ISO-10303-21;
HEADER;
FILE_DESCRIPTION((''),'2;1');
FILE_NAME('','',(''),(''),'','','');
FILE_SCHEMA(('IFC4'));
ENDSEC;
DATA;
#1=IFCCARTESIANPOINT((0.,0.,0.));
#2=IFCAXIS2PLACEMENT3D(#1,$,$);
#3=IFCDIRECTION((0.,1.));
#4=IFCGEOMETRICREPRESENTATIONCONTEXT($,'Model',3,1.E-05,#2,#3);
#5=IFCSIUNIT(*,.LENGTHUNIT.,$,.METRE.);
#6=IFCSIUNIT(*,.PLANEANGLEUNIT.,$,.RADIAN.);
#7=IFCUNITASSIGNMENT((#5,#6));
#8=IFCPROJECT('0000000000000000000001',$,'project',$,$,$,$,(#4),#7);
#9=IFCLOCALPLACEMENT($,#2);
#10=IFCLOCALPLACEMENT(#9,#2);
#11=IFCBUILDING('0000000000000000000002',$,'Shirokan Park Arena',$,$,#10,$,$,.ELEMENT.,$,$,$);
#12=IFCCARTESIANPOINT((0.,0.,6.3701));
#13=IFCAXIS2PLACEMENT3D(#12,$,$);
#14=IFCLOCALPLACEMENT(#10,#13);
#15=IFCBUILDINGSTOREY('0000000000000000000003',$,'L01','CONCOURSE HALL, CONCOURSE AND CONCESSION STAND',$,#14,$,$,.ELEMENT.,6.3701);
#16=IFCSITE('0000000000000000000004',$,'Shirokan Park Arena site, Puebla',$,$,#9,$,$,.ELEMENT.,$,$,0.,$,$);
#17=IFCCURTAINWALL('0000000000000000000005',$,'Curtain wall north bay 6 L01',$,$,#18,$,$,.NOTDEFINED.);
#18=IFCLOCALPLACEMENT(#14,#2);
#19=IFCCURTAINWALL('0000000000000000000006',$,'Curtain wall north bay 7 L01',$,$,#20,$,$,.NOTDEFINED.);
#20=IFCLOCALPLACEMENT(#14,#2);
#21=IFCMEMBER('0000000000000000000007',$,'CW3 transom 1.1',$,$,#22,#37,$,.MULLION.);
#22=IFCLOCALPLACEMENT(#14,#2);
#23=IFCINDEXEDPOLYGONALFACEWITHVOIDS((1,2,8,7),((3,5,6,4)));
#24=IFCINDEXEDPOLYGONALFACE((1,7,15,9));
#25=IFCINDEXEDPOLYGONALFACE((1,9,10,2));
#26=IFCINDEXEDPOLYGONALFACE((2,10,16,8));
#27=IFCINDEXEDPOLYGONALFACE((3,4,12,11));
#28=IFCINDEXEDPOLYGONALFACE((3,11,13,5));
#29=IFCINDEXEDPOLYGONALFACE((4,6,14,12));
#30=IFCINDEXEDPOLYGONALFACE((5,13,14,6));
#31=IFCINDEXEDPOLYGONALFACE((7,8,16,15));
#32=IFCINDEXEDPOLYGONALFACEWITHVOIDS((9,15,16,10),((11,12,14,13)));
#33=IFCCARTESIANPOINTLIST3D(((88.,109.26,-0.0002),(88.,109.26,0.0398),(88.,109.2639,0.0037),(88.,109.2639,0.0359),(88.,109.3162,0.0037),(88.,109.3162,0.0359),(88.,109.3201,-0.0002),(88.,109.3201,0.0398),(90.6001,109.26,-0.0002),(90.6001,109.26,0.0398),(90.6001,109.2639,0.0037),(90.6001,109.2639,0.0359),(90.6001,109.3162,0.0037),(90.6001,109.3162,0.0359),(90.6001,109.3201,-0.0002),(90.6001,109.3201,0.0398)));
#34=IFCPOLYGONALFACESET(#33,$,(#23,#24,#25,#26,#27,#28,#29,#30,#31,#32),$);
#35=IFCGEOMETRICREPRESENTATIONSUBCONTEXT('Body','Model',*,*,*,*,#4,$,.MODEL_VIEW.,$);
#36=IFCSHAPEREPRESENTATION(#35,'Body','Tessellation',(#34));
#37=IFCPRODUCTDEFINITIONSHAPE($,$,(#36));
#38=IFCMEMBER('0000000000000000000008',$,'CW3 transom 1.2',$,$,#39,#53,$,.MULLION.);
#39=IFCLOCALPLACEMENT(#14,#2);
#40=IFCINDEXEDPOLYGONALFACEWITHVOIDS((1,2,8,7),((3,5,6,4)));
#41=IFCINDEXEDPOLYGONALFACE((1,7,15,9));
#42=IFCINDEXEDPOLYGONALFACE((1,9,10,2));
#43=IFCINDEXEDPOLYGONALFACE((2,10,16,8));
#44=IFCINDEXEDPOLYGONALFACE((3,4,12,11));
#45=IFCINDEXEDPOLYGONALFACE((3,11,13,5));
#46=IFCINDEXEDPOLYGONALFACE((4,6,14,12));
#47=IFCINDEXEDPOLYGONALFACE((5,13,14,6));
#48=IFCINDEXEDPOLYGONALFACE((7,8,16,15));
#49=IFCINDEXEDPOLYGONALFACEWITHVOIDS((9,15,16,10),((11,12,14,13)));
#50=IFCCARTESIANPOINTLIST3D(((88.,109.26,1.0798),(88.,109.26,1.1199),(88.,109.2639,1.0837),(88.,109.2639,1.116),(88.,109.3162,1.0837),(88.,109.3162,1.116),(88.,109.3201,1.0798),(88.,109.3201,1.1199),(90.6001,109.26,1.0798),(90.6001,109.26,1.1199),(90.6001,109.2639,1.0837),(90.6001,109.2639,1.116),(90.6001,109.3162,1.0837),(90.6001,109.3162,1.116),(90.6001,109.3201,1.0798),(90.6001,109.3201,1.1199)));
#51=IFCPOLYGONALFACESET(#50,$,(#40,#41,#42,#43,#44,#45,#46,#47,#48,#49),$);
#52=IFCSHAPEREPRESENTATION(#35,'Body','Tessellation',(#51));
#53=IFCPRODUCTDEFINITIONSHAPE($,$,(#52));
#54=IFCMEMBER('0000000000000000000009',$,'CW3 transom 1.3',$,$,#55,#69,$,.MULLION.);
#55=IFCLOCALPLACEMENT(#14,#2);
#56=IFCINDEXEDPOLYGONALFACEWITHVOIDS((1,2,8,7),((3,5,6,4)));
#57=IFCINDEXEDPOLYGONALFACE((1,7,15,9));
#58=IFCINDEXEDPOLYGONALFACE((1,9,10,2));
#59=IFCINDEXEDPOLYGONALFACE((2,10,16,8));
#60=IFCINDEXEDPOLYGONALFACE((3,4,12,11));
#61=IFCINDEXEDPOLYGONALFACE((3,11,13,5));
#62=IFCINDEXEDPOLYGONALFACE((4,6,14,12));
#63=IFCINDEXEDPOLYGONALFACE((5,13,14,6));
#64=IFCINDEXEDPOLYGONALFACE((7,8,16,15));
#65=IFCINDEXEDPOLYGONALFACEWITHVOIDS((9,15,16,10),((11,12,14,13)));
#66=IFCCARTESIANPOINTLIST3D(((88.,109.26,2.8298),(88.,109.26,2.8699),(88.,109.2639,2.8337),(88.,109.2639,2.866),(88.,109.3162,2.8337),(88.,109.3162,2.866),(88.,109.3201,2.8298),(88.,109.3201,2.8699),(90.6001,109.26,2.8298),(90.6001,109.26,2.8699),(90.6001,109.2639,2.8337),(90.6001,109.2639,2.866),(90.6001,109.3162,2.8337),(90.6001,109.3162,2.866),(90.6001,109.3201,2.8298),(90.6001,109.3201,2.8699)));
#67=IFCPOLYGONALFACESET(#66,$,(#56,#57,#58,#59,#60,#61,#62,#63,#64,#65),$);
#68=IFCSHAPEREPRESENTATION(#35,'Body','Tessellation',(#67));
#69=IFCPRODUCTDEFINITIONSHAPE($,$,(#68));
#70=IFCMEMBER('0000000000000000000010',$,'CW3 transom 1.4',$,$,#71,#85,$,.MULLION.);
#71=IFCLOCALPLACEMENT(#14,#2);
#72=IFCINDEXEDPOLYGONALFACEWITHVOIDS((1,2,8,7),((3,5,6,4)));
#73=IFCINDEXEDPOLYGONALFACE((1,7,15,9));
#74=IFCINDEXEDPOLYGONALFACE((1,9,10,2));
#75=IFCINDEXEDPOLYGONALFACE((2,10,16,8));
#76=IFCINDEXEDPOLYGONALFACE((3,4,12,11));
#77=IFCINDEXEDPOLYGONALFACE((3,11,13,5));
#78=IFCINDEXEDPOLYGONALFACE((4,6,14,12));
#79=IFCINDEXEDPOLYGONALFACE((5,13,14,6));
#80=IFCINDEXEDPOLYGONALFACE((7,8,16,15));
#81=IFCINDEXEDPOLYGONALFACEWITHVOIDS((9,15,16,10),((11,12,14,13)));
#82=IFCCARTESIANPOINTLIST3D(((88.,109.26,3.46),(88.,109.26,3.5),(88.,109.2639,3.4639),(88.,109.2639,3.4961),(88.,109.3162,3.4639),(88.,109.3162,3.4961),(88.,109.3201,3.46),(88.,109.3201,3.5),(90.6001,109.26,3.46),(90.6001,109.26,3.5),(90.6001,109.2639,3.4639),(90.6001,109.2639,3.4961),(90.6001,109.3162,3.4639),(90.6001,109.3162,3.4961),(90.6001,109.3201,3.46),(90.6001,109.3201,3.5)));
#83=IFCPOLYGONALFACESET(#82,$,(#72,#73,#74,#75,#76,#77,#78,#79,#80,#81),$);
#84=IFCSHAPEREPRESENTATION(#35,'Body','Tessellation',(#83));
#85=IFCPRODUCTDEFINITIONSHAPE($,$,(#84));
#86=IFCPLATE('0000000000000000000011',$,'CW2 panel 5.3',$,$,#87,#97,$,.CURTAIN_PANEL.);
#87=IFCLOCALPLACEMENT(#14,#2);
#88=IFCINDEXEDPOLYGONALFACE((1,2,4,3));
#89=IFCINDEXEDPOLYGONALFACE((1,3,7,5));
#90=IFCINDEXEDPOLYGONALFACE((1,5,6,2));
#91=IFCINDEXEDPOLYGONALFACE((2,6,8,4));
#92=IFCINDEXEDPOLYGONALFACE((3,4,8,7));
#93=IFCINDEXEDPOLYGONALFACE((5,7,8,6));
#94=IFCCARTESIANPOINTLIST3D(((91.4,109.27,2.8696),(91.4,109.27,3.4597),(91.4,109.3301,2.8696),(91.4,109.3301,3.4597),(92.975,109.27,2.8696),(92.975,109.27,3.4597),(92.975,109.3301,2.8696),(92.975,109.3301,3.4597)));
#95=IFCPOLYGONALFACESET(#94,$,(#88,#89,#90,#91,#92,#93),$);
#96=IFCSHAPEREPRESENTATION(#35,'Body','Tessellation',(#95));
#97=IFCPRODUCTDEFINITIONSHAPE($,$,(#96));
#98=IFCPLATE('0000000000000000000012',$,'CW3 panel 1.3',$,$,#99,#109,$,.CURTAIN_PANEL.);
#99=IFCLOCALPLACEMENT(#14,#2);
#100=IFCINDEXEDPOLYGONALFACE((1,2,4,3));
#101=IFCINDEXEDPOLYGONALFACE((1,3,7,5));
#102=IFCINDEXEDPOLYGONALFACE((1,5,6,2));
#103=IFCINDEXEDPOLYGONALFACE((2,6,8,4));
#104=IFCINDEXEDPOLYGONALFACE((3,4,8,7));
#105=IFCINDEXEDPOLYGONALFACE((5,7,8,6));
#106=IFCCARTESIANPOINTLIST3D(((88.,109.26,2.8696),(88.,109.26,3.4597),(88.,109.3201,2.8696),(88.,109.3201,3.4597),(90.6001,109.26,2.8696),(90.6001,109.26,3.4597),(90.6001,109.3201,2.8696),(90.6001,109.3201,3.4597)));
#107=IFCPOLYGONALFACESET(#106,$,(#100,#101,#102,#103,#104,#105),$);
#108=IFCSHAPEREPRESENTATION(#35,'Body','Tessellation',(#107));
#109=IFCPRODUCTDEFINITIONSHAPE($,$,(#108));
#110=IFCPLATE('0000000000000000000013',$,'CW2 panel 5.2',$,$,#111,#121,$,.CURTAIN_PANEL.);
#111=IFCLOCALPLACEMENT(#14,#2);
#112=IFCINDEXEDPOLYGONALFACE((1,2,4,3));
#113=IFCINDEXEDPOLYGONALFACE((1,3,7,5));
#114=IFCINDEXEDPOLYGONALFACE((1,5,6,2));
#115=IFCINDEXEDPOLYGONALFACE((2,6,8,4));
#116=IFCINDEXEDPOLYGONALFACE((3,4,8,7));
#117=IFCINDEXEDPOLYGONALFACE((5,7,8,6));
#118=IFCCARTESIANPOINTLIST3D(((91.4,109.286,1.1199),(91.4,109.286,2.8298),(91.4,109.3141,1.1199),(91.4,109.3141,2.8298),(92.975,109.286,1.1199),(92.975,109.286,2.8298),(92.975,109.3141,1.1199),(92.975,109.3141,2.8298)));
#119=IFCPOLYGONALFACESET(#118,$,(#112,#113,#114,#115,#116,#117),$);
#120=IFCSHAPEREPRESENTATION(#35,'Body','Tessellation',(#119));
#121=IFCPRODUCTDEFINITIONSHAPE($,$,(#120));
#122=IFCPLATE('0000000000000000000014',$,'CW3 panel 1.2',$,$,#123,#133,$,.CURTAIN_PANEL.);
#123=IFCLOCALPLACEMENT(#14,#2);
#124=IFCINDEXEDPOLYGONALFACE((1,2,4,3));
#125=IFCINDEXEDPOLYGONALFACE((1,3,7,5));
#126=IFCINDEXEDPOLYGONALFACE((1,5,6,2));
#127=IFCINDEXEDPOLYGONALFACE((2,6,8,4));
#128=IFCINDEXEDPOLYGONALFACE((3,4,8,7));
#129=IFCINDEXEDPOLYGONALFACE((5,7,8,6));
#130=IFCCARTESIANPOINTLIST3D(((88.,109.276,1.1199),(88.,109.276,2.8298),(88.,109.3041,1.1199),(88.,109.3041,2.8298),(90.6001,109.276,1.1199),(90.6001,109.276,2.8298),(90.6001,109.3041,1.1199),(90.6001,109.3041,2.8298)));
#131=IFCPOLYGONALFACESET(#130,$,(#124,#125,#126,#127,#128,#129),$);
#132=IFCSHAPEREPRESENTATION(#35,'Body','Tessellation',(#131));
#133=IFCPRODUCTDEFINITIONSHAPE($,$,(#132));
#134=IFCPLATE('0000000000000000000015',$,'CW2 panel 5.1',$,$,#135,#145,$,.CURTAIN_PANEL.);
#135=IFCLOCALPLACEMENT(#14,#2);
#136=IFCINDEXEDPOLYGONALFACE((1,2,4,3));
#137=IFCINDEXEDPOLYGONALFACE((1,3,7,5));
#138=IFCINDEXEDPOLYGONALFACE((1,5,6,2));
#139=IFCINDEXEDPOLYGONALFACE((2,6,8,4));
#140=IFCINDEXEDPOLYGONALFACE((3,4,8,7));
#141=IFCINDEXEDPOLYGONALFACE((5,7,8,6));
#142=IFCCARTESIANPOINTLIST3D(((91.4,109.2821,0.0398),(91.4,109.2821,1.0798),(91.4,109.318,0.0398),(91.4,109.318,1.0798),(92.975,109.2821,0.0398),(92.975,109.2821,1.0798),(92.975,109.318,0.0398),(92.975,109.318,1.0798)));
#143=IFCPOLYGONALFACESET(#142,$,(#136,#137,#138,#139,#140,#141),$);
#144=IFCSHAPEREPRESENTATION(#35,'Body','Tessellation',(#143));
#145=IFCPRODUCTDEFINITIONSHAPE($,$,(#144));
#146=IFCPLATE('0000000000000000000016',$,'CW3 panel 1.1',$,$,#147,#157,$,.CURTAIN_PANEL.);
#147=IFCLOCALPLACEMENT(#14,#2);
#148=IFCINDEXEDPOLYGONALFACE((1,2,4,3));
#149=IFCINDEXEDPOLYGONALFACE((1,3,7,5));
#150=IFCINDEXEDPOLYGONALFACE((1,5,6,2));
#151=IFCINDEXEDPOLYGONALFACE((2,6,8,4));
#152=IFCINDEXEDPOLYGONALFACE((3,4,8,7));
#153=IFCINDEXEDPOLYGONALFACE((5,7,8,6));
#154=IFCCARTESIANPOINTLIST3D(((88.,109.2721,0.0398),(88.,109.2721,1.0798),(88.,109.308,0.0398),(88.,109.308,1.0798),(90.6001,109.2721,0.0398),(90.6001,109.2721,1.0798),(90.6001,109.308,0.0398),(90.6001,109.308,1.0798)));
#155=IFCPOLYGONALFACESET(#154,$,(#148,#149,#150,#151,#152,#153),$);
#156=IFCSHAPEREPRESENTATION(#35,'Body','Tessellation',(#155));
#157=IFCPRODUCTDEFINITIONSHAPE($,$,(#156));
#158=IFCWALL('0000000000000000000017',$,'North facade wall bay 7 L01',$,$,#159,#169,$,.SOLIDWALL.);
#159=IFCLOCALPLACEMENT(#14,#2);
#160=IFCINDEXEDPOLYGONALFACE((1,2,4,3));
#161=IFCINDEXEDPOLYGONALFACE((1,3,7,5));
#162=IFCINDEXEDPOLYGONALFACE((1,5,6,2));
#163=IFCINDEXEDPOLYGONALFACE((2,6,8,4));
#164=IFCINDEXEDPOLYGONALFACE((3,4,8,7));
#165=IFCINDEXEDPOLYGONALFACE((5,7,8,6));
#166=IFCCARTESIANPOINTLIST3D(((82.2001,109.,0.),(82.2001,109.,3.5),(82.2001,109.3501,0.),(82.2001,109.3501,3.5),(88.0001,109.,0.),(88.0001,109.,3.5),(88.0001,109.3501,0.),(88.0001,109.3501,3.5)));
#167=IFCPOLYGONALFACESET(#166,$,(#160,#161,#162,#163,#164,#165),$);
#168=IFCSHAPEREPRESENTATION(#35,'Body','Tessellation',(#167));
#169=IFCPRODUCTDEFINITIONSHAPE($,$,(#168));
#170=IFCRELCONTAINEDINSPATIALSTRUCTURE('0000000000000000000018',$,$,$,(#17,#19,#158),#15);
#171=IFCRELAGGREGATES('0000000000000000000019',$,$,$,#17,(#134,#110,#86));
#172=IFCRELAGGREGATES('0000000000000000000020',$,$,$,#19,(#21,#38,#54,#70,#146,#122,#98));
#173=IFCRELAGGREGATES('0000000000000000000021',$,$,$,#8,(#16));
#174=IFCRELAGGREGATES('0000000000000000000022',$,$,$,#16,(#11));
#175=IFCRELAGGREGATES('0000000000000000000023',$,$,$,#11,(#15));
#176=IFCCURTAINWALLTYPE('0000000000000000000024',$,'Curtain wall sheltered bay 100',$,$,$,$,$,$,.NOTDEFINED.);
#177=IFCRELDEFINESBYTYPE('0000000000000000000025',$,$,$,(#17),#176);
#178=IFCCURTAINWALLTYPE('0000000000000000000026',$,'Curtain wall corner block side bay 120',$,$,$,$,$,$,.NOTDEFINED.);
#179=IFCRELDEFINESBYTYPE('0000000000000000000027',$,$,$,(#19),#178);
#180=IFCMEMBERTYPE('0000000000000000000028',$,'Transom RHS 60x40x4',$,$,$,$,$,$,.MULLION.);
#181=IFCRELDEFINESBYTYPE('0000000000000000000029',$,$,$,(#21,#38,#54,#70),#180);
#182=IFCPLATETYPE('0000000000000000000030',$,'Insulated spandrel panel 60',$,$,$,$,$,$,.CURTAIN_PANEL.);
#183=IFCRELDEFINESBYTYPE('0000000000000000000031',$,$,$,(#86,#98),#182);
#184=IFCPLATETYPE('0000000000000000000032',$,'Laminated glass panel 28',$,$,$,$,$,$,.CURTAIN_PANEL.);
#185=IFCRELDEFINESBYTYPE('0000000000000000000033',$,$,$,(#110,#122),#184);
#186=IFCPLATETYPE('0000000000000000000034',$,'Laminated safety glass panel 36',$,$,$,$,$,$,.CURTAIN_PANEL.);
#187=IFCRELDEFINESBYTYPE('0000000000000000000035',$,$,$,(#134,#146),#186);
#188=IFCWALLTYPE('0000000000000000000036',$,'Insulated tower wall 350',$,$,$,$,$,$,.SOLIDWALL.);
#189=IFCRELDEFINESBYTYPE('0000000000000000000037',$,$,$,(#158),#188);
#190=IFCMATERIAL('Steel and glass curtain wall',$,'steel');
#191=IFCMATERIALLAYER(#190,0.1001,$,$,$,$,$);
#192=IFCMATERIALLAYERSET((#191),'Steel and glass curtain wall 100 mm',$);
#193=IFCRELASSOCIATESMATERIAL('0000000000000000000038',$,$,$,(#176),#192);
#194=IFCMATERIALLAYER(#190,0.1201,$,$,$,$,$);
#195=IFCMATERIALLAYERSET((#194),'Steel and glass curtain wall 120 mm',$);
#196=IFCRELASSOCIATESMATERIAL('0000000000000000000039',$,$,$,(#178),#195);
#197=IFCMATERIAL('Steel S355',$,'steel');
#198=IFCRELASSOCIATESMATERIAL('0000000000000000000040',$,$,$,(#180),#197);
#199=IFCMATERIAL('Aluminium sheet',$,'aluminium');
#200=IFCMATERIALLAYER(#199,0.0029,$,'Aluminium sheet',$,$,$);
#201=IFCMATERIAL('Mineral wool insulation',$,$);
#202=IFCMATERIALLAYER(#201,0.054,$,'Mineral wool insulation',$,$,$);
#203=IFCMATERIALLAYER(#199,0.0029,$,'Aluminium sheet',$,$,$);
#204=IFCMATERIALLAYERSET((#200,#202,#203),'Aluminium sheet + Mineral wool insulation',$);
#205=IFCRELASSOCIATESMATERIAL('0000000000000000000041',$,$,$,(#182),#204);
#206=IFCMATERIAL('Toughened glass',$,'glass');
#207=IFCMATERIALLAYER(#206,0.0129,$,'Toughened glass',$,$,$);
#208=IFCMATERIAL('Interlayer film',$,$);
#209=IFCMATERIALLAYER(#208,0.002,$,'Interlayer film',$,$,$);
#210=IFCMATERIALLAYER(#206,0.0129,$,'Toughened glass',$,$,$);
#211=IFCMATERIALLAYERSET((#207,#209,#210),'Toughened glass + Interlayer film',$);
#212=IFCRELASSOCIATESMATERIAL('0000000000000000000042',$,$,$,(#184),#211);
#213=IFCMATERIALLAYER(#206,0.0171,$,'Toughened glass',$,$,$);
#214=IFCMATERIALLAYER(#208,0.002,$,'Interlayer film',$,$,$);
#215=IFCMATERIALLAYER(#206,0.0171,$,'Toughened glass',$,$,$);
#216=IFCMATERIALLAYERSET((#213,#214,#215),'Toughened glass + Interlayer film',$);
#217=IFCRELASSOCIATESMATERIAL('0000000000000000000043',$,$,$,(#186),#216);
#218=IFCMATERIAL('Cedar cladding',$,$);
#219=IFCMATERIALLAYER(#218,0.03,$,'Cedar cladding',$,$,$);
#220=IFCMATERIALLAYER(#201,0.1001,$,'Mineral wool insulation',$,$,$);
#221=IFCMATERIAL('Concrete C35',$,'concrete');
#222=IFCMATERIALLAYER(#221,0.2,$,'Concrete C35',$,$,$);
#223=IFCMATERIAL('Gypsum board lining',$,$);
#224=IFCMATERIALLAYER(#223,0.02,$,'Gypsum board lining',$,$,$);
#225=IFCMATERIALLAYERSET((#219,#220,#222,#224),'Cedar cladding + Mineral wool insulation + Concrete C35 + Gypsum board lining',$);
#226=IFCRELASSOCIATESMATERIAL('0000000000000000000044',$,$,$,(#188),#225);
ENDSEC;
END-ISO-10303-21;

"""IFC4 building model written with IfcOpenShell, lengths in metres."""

from ifc_helpers import new_model, si_unit, direction, frame, frame_2d, origin, origin_2d, place, context, subcontext, project, spatial, rectangle, hollow_rectangle, extrude, material, layer, layer_set, material_profile, profile_set, type_object, element, aggregate, save


model = new_model("IFC4")

# Units and contexts
model_context = context("Model", 3, precision=1e-05, world=origin(), true_north=direction((0.0, 1.0)))
body_context = subcontext(model_context, "Body", "Model", "MODEL_VIEW")
ifc_project = project(units=[si_unit("LENGTHUNIT", "METRE"), si_unit("PLANEANGLEUNIT", "RADIAN")], contexts=[model_context])

# Site, building, storey
site_placement = place(None, origin())
site = spatial("IfcSite", under=ifc_project, at=site_placement, Name="Shirokan Park Arena site, Puebla", CompositionType="ELEMENT", RefElevation=0.0)
building_placement = place(site_placement, origin())
building = spatial("IfcBuilding", under=site, at=building_placement, Name="Shirokan Park Arena", CompositionType="ELEMENT")
storey_placement = place(building_placement, frame((0.0, 0.0, 6.3701)))
storey = spatial("IfcBuildingStorey", under=building, at=storey_placement, Name="L01", Description="CONCOURSE HALL, CONCOURSE AND CONCESSION STAND", CompositionType="ELEMENT", Elevation=6.3701)

# Shared definitions
ifc_material_1 = material(Name="Concrete C35", Category="concrete")

# Curtain walls
ifc_material_2 = material(Name="Steel and glass curtain wall", Category="steel")
ifc_layer_1 = layer(ifc_material_2, 0.1001)
ifc_layer_set_1 = layer_set([ifc_layer_1], Name="Steel and glass curtain wall 100 mm")
curtain_wall_type_1 = type_object("IfcCurtainWallType", Name="Curtain wall sheltered bay 100", PredefinedType="NOTDEFINED", material=ifc_layer_set_1)
curtain_wall_1_placement = place(storey_placement, origin())
curtain_wall_1 = element("IfcCurtainWall", 1, at=curtain_wall_1_placement, inside=storey, type_object=curtain_wall_type_1, Name="Curtain wall north bay 6 L01", PredefinedType="NOTDEFINED")
ifc_material_3 = material(Name="Steel S355", Category="steel")
ifc_layer_2 = layer(ifc_material_2, 0.1201)
ifc_layer_set_2 = layer_set([ifc_layer_2], Name="Steel and glass curtain wall 120 mm")
curtain_wall_type_2 = type_object("IfcCurtainWallType", Name="Curtain wall corner block side bay 120", PredefinedType="NOTDEFINED", material=ifc_layer_set_2)
curtain_wall_2_placement = place(storey_placement, origin())
curtain_wall_2 = element("IfcCurtainWall", 2, at=curtain_wall_2_placement, inside=storey, type_object=curtain_wall_type_2, Name="Curtain wall north bay 7 L01", PredefinedType="NOTDEFINED")

# Members
ifc_material_profile_1 = material_profile(ifc_material_3, hollow_rectangle(XDim=0.0601, YDim=0.04, WallThickness=0.0039, at=origin_2d()), Name="RHS 60x40x4")
ifc_profile_set_1 = profile_set([ifc_material_profile_1], Name="Steel S355")
member_type_1 = type_object("IfcMemberType", Name="Transom RHS 60x40x4", PredefinedType="MULLION", material=ifc_profile_set_1)
member_1_placement = place(storey_placement, frame((90.6001, 109.29, 0.0198), z_axis=(-1.0, 0.0, 0.0), x_axis=(0.0, -1.0, 0.0)))
member_1 = element("IfcMember", 3, at=member_1_placement, type_object=member_type_1, Name="CW3 transom 1.1", PredefinedType="MULLION", context=body_context, shape_type="SweptSolid", body=[
    extrude(hollow_rectangle(XDim=0.0601, YDim=0.04, WallThickness=0.0039, at=origin_2d()), origin(), (0.0, 0.0, 1.0), 2.6001),
])
member_2_placement = place(storey_placement, frame((90.6001, 109.29, 1.0999), z_axis=(-1.0, 0.0, 0.0), x_axis=(0.0, -1.0, 0.0)))
member_2 = element("IfcMember", 4, at=member_2_placement, type_object=member_type_1, Name="CW3 transom 1.2", PredefinedType="MULLION", context=body_context, shape_type="SweptSolid", body=[
    extrude(hollow_rectangle(XDim=0.0601, YDim=0.04, WallThickness=0.0039, at=origin_2d()), origin(), (0.0, 0.0, 1.0), 2.6001),
])
member_3_placement = place(storey_placement, frame((90.6001, 109.29, 2.8499), z_axis=(-1.0, 0.0, 0.0), x_axis=(0.0, -1.0, 0.0)))
member_3 = element("IfcMember", 5, at=member_3_placement, type_object=member_type_1, Name="CW3 transom 1.3", PredefinedType="MULLION", context=body_context, shape_type="SweptSolid", body=[
    extrude(hollow_rectangle(XDim=0.0601, YDim=0.04, WallThickness=0.0039, at=origin_2d()), origin(), (0.0, 0.0, 1.0), 2.6001),
])
member_4_placement = place(storey_placement, frame((90.6001, 109.29, 3.48), z_axis=(-1.0, 0.0, 0.0), x_axis=(0.0, -1.0, 0.0)))
member_4 = element("IfcMember", 6, at=member_4_placement, type_object=member_type_1, Name="CW3 transom 1.4", PredefinedType="MULLION", context=body_context, shape_type="SweptSolid", body=[
    extrude(hollow_rectangle(XDim=0.0601, YDim=0.04, WallThickness=0.0039, at=origin_2d()), origin(), (0.0, 0.0, 1.0), 2.6001),
])

# Plates
ifc_material_4 = material(Name="Aluminium sheet", Category="aluminium")
ifc_layer_3 = layer(ifc_material_4, 0.0029, Name="Aluminium sheet")
ifc_material_5 = material(Name="Mineral wool insulation")
ifc_layer_4 = layer(ifc_material_5, 0.054, Name="Mineral wool insulation")
ifc_layer_5 = layer(ifc_material_4, 0.0029, Name="Aluminium sheet")
ifc_layer_set_3 = layer_set([ifc_layer_3, ifc_layer_4, ifc_layer_5], Name="Aluminium sheet + Mineral wool insulation")
plate_type_1 = type_object("IfcPlateType", Name="Insulated spandrel panel 60", PredefinedType="CURTAIN_PANEL", material=ifc_layer_set_3)
plate_1_placement = place(storey_placement, frame((92.1875, 109.3, 2.8696), z_axis=(0.0, 0.0, 1.0), x_axis=(-1.0, 0.0, 0.0)))
plate_1 = element("IfcPlate", 7, at=plate_1_placement, type_object=plate_type_1, Name="CW2 panel 5.3", PredefinedType="CURTAIN_PANEL", context=body_context, shape_type="SweptSolid", body=[
    extrude(rectangle(XDim=1.575, YDim=0.0601, at=origin_2d()), origin(), (0.0, 0.0, 1.0), 0.5901),
])
plate_2_placement = place(storey_placement, frame((89.3, 109.29, 2.8696), z_axis=(0.0, 0.0, 1.0), x_axis=(-1.0, 0.0, 0.0)))
plate_2 = element("IfcPlate", 8, at=plate_2_placement, type_object=plate_type_1, Name="CW3 panel 1.3", PredefinedType="CURTAIN_PANEL", context=body_context, shape_type="SweptSolid", body=[
    extrude(rectangle(XDim=2.6001, YDim=0.0601, at=origin_2d()), origin(), (0.0, 0.0, 1.0), 0.5901),
])
ifc_material_6 = material(Name="Toughened glass", Category="glass")
ifc_layer_6 = layer(ifc_material_6, 0.0129, Name="Toughened glass")
ifc_material_7 = material(Name="Interlayer film")
ifc_layer_7 = layer(ifc_material_7, 0.002, Name="Interlayer film")
ifc_layer_8 = layer(ifc_material_6, 0.0129, Name="Toughened glass")
ifc_layer_set_4 = layer_set([ifc_layer_6, ifc_layer_7, ifc_layer_8], Name="Toughened glass + Interlayer film")
plate_type_2 = type_object("IfcPlateType", Name="Laminated glass panel 28", PredefinedType="CURTAIN_PANEL", material=ifc_layer_set_4)
plate_3_placement = place(storey_placement, frame((92.1875, 109.3, 1.1199), z_axis=(0.0, 0.0, 1.0), x_axis=(-1.0, 0.0, 0.0)))
plate_3 = element("IfcPlate", 9, at=plate_3_placement, type_object=plate_type_2, Name="CW2 panel 5.2", PredefinedType="CURTAIN_PANEL", context=body_context, shape_type="SweptSolid", body=[
    extrude(rectangle(XDim=1.575, YDim=0.0281, at=origin_2d()), origin(), (0.0, 0.0, 1.0), 1.71),
])
plate_4_placement = place(storey_placement, frame((89.3, 109.29, 1.1199), z_axis=(0.0, 0.0, 1.0), x_axis=(-1.0, 0.0, 0.0)))
plate_4 = element("IfcPlate", 10, at=plate_4_placement, type_object=plate_type_2, Name="CW3 panel 1.2", PredefinedType="CURTAIN_PANEL", context=body_context, shape_type="SweptSolid", body=[
    extrude(rectangle(XDim=2.6001, YDim=0.0281, at=origin_2d()), origin(), (0.0, 0.0, 1.0), 1.71),
])
ifc_layer_9 = layer(ifc_material_6, 0.0171, Name="Toughened glass")
ifc_layer_10 = layer(ifc_material_7, 0.002, Name="Interlayer film")
ifc_layer_11 = layer(ifc_material_6, 0.0171, Name="Toughened glass")
ifc_layer_set_5 = layer_set([ifc_layer_9, ifc_layer_10, ifc_layer_11], Name="Toughened glass + Interlayer film")
plate_type_3 = type_object("IfcPlateType", Name="Laminated safety glass panel 36", PredefinedType="CURTAIN_PANEL", material=ifc_layer_set_5)
plate_5_placement = place(storey_placement, frame((92.1875, 109.3, 0.0398), z_axis=(0.0, 0.0, 1.0), x_axis=(-1.0, 0.0, 0.0)))
plate_5 = element("IfcPlate", 11, at=plate_5_placement, type_object=plate_type_3, Name="CW2 panel 5.1", PredefinedType="CURTAIN_PANEL", context=body_context, shape_type="SweptSolid", body=[
    extrude(rectangle(XDim=1.575, YDim=0.0359, at=origin_2d()), origin(), (0.0, 0.0, 1.0), 1.04),
])
aggregate(curtain_wall_1, [plate_5, plate_3, plate_1])
plate_6_placement = place(storey_placement, frame((89.3, 109.29, 0.0398), z_axis=(0.0, 0.0, 1.0), x_axis=(-1.0, 0.0, 0.0)))
plate_6 = element("IfcPlate", 12, at=plate_6_placement, type_object=plate_type_3, Name="CW3 panel 1.1", PredefinedType="CURTAIN_PANEL", context=body_context, shape_type="SweptSolid", body=[
    extrude(rectangle(XDim=2.6001, YDim=0.0359, at=origin_2d()), origin(), (0.0, 0.0, 1.0), 1.04),
])
aggregate(curtain_wall_2, [member_1, member_2, member_3, member_4, plate_6, plate_4, plate_2])

# Wall
ifc_material_8 = material(Name="Cedar cladding")
ifc_layer_12 = layer(ifc_material_8, 0.03, Name="Cedar cladding")
ifc_layer_13 = layer(ifc_material_5, 0.1001, Name="Mineral wool insulation")
ifc_layer_14 = layer(ifc_material_1, 0.2, Name="Concrete C35")
ifc_material_9 = material(Name="Gypsum board lining")
ifc_layer_15 = layer(ifc_material_9, 0.02, Name="Gypsum board lining")
ifc_layer_set_6 = layer_set([ifc_layer_12, ifc_layer_13, ifc_layer_14, ifc_layer_15], Name="Cedar cladding + Mineral wool insulation + Concrete C35 + Gypsum board lining")
wall_type = type_object("IfcWallType", Name="Insulated tower wall 350", PredefinedType="SOLIDWALL", material=ifc_layer_set_6)
wall_placement = place(storey_placement, frame((88.0, 109.175, 0.0), z_axis=(0.0, 0.0, 1.0), x_axis=(-1.0, 0.0, 0.0)))
element("IfcWall", 13, at=wall_placement, inside=storey, type_object=wall_type, Name="North facade wall bay 7 L01", PredefinedType="SOLIDWALL", context=body_context, shape_type="SweptSolid", body=[
    extrude(rectangle(XDim=5.8, YDim=0.3501, at=frame_2d((2.8999, 0.0))), origin(), (0.0, 0.0, 1.0), 3.5),
])

save(model, "model.ifc")
